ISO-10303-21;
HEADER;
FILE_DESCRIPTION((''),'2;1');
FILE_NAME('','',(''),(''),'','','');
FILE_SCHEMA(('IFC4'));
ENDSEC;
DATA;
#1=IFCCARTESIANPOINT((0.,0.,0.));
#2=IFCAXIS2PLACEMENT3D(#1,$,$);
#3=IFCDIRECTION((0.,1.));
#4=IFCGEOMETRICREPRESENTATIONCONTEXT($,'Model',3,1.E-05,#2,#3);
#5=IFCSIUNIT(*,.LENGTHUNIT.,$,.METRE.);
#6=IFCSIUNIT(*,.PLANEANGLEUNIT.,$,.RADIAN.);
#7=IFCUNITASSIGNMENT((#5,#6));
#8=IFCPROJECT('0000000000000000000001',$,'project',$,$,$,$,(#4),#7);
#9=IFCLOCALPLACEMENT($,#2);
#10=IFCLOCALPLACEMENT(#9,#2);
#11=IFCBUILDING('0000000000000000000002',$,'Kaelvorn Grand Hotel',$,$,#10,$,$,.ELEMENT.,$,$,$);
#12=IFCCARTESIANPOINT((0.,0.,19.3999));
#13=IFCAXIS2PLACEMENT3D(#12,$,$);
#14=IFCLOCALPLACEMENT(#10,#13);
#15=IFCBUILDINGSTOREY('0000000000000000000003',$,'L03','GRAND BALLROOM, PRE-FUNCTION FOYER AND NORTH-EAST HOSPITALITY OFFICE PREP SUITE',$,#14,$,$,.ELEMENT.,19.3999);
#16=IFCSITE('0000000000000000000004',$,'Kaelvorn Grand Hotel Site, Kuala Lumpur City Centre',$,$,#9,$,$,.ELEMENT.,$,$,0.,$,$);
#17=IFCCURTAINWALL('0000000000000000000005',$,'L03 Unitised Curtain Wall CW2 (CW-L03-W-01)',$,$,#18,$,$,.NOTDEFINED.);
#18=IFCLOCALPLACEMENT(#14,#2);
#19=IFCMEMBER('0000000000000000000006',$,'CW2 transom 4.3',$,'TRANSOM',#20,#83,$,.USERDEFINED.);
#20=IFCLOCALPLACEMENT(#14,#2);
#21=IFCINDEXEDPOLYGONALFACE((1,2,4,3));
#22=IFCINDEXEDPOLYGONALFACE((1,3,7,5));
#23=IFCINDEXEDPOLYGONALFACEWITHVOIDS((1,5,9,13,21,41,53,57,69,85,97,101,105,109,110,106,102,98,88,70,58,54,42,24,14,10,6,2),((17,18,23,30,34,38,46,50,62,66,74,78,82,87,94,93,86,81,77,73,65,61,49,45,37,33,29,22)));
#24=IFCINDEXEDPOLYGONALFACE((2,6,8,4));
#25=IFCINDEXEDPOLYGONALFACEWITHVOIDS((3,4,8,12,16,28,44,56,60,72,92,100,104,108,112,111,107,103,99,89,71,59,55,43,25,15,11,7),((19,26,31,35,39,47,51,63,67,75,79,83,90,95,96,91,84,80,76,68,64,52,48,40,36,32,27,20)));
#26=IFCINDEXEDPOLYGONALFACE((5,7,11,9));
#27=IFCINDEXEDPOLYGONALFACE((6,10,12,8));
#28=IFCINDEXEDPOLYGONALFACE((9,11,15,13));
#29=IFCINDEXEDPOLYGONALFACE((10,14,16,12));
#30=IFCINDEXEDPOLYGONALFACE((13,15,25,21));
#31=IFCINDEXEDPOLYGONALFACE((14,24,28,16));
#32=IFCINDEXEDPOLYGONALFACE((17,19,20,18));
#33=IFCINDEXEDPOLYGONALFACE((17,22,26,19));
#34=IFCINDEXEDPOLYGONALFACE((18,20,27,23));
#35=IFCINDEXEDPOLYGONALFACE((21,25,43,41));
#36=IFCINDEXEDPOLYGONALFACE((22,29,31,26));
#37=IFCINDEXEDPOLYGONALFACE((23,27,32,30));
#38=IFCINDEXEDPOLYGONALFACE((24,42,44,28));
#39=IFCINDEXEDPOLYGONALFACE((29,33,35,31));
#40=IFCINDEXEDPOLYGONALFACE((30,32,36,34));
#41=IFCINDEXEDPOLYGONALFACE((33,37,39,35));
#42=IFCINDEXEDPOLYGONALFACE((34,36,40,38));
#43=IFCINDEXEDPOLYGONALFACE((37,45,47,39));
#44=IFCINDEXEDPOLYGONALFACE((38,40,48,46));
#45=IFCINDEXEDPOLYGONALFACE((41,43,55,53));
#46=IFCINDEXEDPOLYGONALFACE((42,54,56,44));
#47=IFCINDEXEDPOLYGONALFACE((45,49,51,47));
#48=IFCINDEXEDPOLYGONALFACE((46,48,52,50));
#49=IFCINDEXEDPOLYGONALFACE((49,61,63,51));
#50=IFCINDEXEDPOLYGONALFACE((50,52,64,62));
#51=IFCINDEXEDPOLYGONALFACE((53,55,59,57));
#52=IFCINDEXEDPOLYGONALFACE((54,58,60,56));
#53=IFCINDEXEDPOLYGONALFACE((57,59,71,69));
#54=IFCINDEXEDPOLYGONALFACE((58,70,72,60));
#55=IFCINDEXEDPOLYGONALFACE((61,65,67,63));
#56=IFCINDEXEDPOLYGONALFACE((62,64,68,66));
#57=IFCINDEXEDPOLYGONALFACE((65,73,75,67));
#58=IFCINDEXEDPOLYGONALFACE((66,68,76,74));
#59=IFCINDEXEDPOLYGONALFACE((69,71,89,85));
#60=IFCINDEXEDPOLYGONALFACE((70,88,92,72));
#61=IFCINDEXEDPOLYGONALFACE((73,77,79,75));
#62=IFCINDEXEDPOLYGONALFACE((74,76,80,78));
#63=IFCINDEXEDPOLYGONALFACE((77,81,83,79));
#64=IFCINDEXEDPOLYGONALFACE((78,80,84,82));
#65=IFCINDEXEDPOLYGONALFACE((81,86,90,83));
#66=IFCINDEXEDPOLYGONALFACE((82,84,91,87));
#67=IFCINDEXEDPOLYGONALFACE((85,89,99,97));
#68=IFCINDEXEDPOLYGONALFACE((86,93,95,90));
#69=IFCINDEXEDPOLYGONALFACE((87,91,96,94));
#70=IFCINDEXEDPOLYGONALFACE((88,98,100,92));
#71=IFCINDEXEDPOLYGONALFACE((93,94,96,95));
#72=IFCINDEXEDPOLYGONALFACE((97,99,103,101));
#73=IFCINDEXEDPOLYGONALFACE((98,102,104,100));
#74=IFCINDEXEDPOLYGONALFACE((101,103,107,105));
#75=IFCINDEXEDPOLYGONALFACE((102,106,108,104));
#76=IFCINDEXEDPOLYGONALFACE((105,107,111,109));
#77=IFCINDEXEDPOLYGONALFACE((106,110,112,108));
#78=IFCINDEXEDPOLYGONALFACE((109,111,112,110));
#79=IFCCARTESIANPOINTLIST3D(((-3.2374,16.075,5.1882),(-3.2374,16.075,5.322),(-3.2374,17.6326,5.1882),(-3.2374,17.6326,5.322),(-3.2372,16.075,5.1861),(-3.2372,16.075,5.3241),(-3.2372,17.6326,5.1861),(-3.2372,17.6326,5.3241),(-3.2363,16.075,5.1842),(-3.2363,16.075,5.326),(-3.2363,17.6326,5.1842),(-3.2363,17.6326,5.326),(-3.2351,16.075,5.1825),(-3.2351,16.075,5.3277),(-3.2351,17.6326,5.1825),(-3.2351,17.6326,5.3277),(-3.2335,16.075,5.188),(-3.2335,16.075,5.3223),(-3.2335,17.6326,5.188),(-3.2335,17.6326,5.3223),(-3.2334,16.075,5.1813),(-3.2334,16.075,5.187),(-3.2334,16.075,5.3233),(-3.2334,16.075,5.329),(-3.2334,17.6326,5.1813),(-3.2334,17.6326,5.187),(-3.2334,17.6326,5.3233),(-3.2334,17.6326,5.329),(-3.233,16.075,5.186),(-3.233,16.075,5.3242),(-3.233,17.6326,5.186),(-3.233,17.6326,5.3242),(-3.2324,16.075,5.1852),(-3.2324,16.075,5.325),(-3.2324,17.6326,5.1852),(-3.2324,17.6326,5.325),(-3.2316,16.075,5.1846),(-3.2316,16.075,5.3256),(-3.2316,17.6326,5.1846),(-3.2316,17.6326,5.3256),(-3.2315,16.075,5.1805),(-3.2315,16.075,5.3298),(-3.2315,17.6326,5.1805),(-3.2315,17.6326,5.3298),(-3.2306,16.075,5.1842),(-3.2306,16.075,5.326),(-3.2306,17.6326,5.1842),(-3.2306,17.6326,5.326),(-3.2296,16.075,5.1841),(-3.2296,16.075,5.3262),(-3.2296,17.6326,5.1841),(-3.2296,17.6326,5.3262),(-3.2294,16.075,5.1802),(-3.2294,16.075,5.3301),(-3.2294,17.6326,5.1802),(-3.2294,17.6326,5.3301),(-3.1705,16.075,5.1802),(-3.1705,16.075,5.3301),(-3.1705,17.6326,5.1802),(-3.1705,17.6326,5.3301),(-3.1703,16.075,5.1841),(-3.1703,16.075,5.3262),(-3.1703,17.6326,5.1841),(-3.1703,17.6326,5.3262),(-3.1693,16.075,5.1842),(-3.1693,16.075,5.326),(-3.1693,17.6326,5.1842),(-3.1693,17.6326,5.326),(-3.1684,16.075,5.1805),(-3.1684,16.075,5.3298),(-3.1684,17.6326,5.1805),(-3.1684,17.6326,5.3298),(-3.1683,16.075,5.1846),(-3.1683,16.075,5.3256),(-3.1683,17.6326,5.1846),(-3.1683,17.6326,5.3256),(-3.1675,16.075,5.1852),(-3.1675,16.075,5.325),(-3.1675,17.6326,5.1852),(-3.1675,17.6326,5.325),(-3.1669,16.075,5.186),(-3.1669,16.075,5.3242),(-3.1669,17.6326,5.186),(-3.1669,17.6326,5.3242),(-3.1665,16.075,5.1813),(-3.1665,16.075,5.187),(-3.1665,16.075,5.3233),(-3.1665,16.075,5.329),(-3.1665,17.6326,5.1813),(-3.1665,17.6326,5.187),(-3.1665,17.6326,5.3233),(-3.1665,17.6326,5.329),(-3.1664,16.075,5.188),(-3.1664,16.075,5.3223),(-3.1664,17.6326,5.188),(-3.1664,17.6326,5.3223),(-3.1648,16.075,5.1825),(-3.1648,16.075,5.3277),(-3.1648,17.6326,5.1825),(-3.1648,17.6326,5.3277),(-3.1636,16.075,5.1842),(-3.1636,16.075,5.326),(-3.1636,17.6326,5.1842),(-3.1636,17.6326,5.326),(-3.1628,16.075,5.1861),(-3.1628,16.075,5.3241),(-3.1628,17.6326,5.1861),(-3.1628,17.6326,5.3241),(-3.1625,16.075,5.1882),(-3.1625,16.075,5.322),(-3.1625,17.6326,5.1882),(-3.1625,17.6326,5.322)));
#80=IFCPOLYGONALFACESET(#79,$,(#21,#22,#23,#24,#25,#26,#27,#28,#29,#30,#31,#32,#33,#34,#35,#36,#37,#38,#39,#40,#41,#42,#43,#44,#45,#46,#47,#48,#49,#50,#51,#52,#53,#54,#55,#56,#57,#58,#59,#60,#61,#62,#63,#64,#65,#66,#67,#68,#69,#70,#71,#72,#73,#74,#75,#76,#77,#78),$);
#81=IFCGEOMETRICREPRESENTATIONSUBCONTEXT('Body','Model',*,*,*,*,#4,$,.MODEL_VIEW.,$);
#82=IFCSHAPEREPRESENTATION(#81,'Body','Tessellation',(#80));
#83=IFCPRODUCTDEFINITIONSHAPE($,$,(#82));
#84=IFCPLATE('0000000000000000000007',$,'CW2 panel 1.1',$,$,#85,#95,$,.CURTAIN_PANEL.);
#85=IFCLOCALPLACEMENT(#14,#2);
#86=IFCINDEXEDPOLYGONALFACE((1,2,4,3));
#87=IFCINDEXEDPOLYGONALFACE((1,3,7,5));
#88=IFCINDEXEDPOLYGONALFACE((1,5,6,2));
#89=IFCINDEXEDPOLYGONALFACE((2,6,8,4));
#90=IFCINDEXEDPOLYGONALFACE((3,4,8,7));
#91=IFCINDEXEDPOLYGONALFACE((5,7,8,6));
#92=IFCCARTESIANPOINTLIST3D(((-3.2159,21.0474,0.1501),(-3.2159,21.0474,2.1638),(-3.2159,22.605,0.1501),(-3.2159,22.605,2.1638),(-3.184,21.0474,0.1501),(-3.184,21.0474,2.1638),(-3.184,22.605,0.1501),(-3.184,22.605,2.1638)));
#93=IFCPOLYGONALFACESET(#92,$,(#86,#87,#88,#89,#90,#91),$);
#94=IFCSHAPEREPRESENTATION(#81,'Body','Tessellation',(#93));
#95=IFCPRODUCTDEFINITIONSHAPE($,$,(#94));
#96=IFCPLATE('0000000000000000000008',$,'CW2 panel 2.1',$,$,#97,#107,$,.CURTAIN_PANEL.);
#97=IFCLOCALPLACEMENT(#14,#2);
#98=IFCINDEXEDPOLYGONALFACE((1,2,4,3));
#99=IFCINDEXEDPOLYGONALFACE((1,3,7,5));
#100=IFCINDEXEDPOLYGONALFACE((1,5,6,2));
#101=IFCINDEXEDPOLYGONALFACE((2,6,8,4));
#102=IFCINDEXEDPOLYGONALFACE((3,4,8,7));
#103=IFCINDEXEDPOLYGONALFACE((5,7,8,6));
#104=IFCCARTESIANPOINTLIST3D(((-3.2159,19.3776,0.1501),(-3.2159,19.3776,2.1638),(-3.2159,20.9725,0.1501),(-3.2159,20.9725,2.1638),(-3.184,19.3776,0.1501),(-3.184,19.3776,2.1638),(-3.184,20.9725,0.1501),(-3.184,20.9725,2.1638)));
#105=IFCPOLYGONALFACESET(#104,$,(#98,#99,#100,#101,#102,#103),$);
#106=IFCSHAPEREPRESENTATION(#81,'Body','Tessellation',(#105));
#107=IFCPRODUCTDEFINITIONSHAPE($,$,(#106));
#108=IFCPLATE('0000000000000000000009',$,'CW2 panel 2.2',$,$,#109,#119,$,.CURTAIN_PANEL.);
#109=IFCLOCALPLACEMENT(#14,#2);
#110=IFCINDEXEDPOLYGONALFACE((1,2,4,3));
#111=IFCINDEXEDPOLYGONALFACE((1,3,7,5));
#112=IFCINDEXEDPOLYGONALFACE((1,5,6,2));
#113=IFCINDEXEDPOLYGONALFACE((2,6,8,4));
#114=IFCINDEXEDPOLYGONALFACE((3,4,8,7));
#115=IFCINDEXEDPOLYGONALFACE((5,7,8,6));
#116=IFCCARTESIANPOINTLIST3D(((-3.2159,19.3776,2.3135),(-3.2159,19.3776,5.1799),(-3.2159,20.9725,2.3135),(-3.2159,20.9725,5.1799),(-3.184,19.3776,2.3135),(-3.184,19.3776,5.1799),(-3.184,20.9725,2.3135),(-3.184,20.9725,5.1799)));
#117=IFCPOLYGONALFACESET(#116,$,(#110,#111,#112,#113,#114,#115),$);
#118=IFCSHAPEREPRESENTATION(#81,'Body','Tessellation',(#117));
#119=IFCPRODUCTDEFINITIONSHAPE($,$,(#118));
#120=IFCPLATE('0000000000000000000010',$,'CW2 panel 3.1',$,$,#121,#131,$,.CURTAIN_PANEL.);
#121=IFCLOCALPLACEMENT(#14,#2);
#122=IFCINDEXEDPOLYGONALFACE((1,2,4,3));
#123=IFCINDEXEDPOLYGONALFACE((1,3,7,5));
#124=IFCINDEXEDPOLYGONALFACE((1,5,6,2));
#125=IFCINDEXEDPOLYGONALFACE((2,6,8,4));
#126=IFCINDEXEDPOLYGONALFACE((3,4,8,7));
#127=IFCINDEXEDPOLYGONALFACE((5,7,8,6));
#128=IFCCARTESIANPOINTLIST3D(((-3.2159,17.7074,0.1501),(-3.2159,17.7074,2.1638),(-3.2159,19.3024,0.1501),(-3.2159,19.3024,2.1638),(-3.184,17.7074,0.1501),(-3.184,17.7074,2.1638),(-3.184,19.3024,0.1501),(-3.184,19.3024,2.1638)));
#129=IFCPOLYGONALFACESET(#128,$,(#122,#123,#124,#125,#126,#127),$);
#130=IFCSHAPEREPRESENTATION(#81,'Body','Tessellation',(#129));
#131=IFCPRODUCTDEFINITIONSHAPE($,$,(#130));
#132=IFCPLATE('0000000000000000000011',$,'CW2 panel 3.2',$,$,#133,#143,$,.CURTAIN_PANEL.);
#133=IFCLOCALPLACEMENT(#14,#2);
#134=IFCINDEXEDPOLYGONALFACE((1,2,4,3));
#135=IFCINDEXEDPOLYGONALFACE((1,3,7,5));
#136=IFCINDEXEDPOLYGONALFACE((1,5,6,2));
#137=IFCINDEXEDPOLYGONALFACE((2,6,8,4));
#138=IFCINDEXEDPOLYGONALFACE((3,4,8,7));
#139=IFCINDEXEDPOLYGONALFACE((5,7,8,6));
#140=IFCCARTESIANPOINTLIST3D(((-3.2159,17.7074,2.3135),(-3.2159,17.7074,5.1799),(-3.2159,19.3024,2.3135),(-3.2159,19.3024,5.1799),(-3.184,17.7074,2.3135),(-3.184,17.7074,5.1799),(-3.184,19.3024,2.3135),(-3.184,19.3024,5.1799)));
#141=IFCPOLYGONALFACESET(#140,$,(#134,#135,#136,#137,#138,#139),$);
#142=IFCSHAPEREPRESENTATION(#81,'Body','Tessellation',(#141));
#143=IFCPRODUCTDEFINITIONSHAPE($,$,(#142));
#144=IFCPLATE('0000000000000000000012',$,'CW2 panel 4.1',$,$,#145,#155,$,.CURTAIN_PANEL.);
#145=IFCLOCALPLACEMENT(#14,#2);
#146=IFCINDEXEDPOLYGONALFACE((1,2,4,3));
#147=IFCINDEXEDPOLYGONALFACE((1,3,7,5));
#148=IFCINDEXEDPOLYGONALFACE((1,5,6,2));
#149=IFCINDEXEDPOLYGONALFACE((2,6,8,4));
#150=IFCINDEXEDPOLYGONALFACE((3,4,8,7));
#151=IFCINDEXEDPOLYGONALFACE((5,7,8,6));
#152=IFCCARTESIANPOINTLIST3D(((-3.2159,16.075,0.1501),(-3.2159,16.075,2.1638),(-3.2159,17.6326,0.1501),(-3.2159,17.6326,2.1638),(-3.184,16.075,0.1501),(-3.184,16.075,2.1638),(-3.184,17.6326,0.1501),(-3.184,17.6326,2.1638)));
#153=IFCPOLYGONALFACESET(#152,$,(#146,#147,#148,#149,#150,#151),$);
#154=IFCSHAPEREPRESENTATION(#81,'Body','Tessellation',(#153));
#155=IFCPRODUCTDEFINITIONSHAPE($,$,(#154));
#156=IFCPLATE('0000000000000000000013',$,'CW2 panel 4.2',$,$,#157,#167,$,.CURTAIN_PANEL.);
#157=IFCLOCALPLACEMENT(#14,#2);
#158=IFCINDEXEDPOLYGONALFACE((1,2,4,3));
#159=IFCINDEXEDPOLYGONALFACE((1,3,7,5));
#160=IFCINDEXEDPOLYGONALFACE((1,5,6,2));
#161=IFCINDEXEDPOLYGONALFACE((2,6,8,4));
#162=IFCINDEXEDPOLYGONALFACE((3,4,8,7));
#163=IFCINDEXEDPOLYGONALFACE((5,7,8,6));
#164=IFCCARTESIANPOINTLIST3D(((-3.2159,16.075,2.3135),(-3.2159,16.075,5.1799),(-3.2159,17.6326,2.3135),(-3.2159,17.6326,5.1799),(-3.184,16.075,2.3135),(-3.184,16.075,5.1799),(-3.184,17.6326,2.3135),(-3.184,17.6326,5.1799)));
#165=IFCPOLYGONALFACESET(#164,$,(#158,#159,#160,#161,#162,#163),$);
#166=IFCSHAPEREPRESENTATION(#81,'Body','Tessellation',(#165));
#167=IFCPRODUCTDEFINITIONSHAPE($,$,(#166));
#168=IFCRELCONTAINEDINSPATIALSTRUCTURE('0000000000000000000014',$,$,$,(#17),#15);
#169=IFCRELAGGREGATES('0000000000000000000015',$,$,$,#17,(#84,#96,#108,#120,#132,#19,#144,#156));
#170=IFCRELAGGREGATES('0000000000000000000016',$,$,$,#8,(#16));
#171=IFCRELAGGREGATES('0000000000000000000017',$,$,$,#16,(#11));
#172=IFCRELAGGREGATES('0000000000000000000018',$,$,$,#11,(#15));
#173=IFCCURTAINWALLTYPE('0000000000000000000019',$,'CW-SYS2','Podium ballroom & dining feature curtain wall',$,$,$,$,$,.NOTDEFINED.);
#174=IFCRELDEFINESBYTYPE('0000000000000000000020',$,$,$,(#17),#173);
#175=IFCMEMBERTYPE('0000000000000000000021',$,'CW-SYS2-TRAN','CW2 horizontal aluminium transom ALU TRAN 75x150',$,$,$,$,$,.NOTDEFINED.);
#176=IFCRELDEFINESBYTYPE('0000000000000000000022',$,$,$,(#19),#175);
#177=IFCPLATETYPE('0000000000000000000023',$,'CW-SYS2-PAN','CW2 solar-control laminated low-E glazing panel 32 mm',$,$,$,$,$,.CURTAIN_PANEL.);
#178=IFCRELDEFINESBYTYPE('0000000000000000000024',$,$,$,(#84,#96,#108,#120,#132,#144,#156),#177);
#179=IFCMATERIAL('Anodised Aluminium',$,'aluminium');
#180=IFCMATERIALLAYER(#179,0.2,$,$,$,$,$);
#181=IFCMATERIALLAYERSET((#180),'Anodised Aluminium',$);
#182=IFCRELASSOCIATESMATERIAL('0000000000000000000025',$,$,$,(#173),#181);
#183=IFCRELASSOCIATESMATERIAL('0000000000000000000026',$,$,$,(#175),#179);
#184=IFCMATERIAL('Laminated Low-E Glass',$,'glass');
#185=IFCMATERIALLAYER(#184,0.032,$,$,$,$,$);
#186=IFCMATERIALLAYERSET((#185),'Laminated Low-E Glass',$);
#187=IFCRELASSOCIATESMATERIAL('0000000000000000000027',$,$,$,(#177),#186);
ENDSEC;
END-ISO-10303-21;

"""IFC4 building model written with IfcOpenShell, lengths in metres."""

from ifc_helpers import new_model, si_unit, direction, frame, origin, origin_2d, place, context, subcontext, project, spatial, rectangle, hollow_rectangle, extrude, material, layer, layer_set, material_profile, profile_set, type_object, element, aggregate, save


model = new_model("IFC4")

# Units and contexts
model_context = context("Model", 3, precision=1e-05, world=origin(), true_north=direction((0.0, 1.0)))
body_context = subcontext(model_context, "Body", "Model", "MODEL_VIEW")
ifc_project = project(units=[si_unit("LENGTHUNIT", "METRE"), si_unit("PLANEANGLEUNIT", "RADIAN")], contexts=[model_context])

# Site, building, storey
site_placement = place(None, origin())
site = spatial("IfcSite", under=ifc_project, at=site_placement, Name="Kaelvorn Grand Hotel Site, Kuala Lumpur City Centre", CompositionType="ELEMENT", RefElevation=0.0)
building_placement = place(site_placement, origin())
building = spatial("IfcBuilding", under=site, at=building_placement, Name="Kaelvorn Grand Hotel", CompositionType="ELEMENT")
storey_placement = place(building_placement, frame((0.0, 0.0, 19.3999)))
storey = spatial("IfcBuildingStorey", under=building, at=storey_placement, Name="L03", Description="GRAND BALLROOM, PRE-FUNCTION FOYER AND NORTH-EAST HOSPITALITY OFFICE PREP SUITE", CompositionType="ELEMENT", Elevation=19.3999)

# Curtain wall, member, plates
ifc_material_1 = material(Name="Anodised Aluminium", Category="aluminium")
ifc_layer_1 = layer(ifc_material_1, 0.2)
ifc_layer_set_1 = layer_set([ifc_layer_1], Name="Anodised Aluminium")
curtain_wall_type = type_object("IfcCurtainWallType", Name="CW-SYS2", Description="Podium ballroom & dining feature curtain wall", PredefinedType="NOTDEFINED", material=ifc_layer_set_1)
curtain_wall_placement = place(storey_placement, origin())
curtain_wall = element("IfcCurtainWall", 1, at=curtain_wall_placement, inside=storey, type_object=curtain_wall_type, Name="L03 Unitised Curtain Wall CW2 (CW-L03-W-01)", PredefinedType="NOTDEFINED")
ifc_material_profile_1 = material_profile(ifc_material_1, hollow_rectangle(XDim=0.075, YDim=0.1499, WallThickness=0.0039, InnerFilletRadius=0.0039, OuterFilletRadius=0.0081, at=origin_2d()), Name="ALU TRAN 75x150")
ifc_profile_set_1 = profile_set([ifc_material_profile_1], Name="Anodised Aluminium")
member_type_1 = type_object("IfcMemberType", Name="CW-SYS2-TRAN", Description="CW2 horizontal aluminium transom ALU TRAN 75x150", PredefinedType="NOTDEFINED", material=ifc_profile_set_1)
member_1_placement = place(storey_placement, frame((-3.2, 17.6326, 5.2551), z_axis=(0.0, -1.0, 0.0), x_axis=(1.0, 0.0, 0.0)))
member_1 = element("IfcMember", 2, at=member_1_placement, type_object=member_type_1, Name="CW2 transom 4.3", ObjectType="TRANSOM", PredefinedType="USERDEFINED", context=body_context, shape_type="SweptSolid", body=[
    extrude(hollow_rectangle(XDim=0.075, YDim=0.1499, WallThickness=0.0039, InnerFilletRadius=0.0039, OuterFilletRadius=0.0081, at=origin_2d()), origin(), (0.0, 0.0, 1.0), 1.5576),
])
ifc_material_2 = material(Name="Laminated Low-E Glass", Category="glass")
ifc_layer_2 = layer(ifc_material_2, 0.032)
ifc_layer_set_2 = layer_set([ifc_layer_2], Name="Laminated Low-E Glass")
plate_type = type_object("IfcPlateType", Name="CW-SYS2-PAN", Description="CW2 solar-control laminated low-E glazing panel 32 mm", PredefinedType="CURTAIN_PANEL", material=ifc_layer_set_2)
plate_1_placement = place(storey_placement, frame((-3.2, 21.8262, 0.1501), z_axis=(0.0, 0.0, 1.0), x_axis=(0.0, -1.0, 0.0)))
plate_1 = element("IfcPlate", 3, at=plate_1_placement, type_object=plate_type, Name="CW2 panel 1.1", PredefinedType="CURTAIN_PANEL", context=body_context, shape_type="SweptSolid", body=[
    extrude(rectangle(XDim=1.5576, YDim=0.032, at=origin_2d()), origin(), (0.0, 0.0, 1.0), 2.0137),
])
plate_2_placement = place(storey_placement, frame((-3.2, 20.175, 0.1501), z_axis=(0.0, 0.0, 1.0), x_axis=(0.0, -1.0, 0.0)))
plate_2 = element("IfcPlate", 4, at=plate_2_placement, type_object=plate_type, Name="CW2 panel 2.1", PredefinedType="CURTAIN_PANEL", context=body_context, shape_type="SweptSolid", body=[
    extrude(rectangle(XDim=1.595, YDim=0.032, at=origin_2d()), origin(), (0.0, 0.0, 1.0), 2.0137),
])
plate_3_placement = place(storey_placement, frame((-3.2, 20.175, 2.3135), z_axis=(0.0, 0.0, 1.0), x_axis=(0.0, -1.0, 0.0)))
plate_3 = element("IfcPlate", 5, at=plate_3_placement, type_object=plate_type, Name="CW2 panel 2.2", PredefinedType="CURTAIN_PANEL", context=body_context, shape_type="SweptSolid", body=[
    extrude(rectangle(XDim=1.595, YDim=0.032, at=origin_2d()), origin(), (0.0, 0.0, 1.0), 2.8665),
])
plate_4_placement = place(storey_placement, frame((-3.2, 18.5049, 0.1501), z_axis=(0.0, 0.0, 1.0), x_axis=(0.0, -1.0, 0.0)))
plate_4 = element("IfcPlate", 6, at=plate_4_placement, type_object=plate_type, Name="CW2 panel 3.1", PredefinedType="CURTAIN_PANEL", context=body_context, shape_type="SweptSolid", body=[
    extrude(rectangle(XDim=1.595, YDim=0.032, at=origin_2d()), origin(), (0.0, 0.0, 1.0), 2.0137),
])
plate_5_placement = place(storey_placement, frame((-3.2, 18.5049, 2.3135), z_axis=(0.0, 0.0, 1.0), x_axis=(0.0, -1.0, 0.0)))
plate_5 = element("IfcPlate", 7, at=plate_5_placement, type_object=plate_type, Name="CW2 panel 3.2", PredefinedType="CURTAIN_PANEL", context=body_context, shape_type="SweptSolid", body=[
    extrude(rectangle(XDim=1.595, YDim=0.032, at=origin_2d()), origin(), (0.0, 0.0, 1.0), 2.8665),
])
plate_6_placement = place(storey_placement, frame((-3.2, 16.8538, 0.1501), z_axis=(0.0, 0.0, 1.0), x_axis=(0.0, -1.0, 0.0)))
plate_6 = element("IfcPlate", 8, at=plate_6_placement, type_object=plate_type, Name="CW2 panel 4.1", PredefinedType="CURTAIN_PANEL", context=body_context, shape_type="SweptSolid", body=[
    extrude(rectangle(XDim=1.5576, YDim=0.032, at=origin_2d()), origin(), (0.0, 0.0, 1.0), 2.0137),
])
plate_7_placement = place(storey_placement, frame((-3.2, 16.8538, 2.3135), z_axis=(0.0, 0.0, 1.0), x_axis=(0.0, -1.0, 0.0)))
plate_7 = element("IfcPlate", 9, at=plate_7_placement, type_object=plate_type, Name="CW2 panel 4.2", PredefinedType="CURTAIN_PANEL", context=body_context, shape_type="SweptSolid", body=[
    extrude(rectangle(XDim=1.5576, YDim=0.032, at=origin_2d()), origin(), (0.0, 0.0, 1.0), 2.8665),
])
aggregate(curtain_wall, [plate_1, plate_2, plate_3, plate_4, plate_5, member_1, plate_6, plate_7])

save(model, "model.ifc")
